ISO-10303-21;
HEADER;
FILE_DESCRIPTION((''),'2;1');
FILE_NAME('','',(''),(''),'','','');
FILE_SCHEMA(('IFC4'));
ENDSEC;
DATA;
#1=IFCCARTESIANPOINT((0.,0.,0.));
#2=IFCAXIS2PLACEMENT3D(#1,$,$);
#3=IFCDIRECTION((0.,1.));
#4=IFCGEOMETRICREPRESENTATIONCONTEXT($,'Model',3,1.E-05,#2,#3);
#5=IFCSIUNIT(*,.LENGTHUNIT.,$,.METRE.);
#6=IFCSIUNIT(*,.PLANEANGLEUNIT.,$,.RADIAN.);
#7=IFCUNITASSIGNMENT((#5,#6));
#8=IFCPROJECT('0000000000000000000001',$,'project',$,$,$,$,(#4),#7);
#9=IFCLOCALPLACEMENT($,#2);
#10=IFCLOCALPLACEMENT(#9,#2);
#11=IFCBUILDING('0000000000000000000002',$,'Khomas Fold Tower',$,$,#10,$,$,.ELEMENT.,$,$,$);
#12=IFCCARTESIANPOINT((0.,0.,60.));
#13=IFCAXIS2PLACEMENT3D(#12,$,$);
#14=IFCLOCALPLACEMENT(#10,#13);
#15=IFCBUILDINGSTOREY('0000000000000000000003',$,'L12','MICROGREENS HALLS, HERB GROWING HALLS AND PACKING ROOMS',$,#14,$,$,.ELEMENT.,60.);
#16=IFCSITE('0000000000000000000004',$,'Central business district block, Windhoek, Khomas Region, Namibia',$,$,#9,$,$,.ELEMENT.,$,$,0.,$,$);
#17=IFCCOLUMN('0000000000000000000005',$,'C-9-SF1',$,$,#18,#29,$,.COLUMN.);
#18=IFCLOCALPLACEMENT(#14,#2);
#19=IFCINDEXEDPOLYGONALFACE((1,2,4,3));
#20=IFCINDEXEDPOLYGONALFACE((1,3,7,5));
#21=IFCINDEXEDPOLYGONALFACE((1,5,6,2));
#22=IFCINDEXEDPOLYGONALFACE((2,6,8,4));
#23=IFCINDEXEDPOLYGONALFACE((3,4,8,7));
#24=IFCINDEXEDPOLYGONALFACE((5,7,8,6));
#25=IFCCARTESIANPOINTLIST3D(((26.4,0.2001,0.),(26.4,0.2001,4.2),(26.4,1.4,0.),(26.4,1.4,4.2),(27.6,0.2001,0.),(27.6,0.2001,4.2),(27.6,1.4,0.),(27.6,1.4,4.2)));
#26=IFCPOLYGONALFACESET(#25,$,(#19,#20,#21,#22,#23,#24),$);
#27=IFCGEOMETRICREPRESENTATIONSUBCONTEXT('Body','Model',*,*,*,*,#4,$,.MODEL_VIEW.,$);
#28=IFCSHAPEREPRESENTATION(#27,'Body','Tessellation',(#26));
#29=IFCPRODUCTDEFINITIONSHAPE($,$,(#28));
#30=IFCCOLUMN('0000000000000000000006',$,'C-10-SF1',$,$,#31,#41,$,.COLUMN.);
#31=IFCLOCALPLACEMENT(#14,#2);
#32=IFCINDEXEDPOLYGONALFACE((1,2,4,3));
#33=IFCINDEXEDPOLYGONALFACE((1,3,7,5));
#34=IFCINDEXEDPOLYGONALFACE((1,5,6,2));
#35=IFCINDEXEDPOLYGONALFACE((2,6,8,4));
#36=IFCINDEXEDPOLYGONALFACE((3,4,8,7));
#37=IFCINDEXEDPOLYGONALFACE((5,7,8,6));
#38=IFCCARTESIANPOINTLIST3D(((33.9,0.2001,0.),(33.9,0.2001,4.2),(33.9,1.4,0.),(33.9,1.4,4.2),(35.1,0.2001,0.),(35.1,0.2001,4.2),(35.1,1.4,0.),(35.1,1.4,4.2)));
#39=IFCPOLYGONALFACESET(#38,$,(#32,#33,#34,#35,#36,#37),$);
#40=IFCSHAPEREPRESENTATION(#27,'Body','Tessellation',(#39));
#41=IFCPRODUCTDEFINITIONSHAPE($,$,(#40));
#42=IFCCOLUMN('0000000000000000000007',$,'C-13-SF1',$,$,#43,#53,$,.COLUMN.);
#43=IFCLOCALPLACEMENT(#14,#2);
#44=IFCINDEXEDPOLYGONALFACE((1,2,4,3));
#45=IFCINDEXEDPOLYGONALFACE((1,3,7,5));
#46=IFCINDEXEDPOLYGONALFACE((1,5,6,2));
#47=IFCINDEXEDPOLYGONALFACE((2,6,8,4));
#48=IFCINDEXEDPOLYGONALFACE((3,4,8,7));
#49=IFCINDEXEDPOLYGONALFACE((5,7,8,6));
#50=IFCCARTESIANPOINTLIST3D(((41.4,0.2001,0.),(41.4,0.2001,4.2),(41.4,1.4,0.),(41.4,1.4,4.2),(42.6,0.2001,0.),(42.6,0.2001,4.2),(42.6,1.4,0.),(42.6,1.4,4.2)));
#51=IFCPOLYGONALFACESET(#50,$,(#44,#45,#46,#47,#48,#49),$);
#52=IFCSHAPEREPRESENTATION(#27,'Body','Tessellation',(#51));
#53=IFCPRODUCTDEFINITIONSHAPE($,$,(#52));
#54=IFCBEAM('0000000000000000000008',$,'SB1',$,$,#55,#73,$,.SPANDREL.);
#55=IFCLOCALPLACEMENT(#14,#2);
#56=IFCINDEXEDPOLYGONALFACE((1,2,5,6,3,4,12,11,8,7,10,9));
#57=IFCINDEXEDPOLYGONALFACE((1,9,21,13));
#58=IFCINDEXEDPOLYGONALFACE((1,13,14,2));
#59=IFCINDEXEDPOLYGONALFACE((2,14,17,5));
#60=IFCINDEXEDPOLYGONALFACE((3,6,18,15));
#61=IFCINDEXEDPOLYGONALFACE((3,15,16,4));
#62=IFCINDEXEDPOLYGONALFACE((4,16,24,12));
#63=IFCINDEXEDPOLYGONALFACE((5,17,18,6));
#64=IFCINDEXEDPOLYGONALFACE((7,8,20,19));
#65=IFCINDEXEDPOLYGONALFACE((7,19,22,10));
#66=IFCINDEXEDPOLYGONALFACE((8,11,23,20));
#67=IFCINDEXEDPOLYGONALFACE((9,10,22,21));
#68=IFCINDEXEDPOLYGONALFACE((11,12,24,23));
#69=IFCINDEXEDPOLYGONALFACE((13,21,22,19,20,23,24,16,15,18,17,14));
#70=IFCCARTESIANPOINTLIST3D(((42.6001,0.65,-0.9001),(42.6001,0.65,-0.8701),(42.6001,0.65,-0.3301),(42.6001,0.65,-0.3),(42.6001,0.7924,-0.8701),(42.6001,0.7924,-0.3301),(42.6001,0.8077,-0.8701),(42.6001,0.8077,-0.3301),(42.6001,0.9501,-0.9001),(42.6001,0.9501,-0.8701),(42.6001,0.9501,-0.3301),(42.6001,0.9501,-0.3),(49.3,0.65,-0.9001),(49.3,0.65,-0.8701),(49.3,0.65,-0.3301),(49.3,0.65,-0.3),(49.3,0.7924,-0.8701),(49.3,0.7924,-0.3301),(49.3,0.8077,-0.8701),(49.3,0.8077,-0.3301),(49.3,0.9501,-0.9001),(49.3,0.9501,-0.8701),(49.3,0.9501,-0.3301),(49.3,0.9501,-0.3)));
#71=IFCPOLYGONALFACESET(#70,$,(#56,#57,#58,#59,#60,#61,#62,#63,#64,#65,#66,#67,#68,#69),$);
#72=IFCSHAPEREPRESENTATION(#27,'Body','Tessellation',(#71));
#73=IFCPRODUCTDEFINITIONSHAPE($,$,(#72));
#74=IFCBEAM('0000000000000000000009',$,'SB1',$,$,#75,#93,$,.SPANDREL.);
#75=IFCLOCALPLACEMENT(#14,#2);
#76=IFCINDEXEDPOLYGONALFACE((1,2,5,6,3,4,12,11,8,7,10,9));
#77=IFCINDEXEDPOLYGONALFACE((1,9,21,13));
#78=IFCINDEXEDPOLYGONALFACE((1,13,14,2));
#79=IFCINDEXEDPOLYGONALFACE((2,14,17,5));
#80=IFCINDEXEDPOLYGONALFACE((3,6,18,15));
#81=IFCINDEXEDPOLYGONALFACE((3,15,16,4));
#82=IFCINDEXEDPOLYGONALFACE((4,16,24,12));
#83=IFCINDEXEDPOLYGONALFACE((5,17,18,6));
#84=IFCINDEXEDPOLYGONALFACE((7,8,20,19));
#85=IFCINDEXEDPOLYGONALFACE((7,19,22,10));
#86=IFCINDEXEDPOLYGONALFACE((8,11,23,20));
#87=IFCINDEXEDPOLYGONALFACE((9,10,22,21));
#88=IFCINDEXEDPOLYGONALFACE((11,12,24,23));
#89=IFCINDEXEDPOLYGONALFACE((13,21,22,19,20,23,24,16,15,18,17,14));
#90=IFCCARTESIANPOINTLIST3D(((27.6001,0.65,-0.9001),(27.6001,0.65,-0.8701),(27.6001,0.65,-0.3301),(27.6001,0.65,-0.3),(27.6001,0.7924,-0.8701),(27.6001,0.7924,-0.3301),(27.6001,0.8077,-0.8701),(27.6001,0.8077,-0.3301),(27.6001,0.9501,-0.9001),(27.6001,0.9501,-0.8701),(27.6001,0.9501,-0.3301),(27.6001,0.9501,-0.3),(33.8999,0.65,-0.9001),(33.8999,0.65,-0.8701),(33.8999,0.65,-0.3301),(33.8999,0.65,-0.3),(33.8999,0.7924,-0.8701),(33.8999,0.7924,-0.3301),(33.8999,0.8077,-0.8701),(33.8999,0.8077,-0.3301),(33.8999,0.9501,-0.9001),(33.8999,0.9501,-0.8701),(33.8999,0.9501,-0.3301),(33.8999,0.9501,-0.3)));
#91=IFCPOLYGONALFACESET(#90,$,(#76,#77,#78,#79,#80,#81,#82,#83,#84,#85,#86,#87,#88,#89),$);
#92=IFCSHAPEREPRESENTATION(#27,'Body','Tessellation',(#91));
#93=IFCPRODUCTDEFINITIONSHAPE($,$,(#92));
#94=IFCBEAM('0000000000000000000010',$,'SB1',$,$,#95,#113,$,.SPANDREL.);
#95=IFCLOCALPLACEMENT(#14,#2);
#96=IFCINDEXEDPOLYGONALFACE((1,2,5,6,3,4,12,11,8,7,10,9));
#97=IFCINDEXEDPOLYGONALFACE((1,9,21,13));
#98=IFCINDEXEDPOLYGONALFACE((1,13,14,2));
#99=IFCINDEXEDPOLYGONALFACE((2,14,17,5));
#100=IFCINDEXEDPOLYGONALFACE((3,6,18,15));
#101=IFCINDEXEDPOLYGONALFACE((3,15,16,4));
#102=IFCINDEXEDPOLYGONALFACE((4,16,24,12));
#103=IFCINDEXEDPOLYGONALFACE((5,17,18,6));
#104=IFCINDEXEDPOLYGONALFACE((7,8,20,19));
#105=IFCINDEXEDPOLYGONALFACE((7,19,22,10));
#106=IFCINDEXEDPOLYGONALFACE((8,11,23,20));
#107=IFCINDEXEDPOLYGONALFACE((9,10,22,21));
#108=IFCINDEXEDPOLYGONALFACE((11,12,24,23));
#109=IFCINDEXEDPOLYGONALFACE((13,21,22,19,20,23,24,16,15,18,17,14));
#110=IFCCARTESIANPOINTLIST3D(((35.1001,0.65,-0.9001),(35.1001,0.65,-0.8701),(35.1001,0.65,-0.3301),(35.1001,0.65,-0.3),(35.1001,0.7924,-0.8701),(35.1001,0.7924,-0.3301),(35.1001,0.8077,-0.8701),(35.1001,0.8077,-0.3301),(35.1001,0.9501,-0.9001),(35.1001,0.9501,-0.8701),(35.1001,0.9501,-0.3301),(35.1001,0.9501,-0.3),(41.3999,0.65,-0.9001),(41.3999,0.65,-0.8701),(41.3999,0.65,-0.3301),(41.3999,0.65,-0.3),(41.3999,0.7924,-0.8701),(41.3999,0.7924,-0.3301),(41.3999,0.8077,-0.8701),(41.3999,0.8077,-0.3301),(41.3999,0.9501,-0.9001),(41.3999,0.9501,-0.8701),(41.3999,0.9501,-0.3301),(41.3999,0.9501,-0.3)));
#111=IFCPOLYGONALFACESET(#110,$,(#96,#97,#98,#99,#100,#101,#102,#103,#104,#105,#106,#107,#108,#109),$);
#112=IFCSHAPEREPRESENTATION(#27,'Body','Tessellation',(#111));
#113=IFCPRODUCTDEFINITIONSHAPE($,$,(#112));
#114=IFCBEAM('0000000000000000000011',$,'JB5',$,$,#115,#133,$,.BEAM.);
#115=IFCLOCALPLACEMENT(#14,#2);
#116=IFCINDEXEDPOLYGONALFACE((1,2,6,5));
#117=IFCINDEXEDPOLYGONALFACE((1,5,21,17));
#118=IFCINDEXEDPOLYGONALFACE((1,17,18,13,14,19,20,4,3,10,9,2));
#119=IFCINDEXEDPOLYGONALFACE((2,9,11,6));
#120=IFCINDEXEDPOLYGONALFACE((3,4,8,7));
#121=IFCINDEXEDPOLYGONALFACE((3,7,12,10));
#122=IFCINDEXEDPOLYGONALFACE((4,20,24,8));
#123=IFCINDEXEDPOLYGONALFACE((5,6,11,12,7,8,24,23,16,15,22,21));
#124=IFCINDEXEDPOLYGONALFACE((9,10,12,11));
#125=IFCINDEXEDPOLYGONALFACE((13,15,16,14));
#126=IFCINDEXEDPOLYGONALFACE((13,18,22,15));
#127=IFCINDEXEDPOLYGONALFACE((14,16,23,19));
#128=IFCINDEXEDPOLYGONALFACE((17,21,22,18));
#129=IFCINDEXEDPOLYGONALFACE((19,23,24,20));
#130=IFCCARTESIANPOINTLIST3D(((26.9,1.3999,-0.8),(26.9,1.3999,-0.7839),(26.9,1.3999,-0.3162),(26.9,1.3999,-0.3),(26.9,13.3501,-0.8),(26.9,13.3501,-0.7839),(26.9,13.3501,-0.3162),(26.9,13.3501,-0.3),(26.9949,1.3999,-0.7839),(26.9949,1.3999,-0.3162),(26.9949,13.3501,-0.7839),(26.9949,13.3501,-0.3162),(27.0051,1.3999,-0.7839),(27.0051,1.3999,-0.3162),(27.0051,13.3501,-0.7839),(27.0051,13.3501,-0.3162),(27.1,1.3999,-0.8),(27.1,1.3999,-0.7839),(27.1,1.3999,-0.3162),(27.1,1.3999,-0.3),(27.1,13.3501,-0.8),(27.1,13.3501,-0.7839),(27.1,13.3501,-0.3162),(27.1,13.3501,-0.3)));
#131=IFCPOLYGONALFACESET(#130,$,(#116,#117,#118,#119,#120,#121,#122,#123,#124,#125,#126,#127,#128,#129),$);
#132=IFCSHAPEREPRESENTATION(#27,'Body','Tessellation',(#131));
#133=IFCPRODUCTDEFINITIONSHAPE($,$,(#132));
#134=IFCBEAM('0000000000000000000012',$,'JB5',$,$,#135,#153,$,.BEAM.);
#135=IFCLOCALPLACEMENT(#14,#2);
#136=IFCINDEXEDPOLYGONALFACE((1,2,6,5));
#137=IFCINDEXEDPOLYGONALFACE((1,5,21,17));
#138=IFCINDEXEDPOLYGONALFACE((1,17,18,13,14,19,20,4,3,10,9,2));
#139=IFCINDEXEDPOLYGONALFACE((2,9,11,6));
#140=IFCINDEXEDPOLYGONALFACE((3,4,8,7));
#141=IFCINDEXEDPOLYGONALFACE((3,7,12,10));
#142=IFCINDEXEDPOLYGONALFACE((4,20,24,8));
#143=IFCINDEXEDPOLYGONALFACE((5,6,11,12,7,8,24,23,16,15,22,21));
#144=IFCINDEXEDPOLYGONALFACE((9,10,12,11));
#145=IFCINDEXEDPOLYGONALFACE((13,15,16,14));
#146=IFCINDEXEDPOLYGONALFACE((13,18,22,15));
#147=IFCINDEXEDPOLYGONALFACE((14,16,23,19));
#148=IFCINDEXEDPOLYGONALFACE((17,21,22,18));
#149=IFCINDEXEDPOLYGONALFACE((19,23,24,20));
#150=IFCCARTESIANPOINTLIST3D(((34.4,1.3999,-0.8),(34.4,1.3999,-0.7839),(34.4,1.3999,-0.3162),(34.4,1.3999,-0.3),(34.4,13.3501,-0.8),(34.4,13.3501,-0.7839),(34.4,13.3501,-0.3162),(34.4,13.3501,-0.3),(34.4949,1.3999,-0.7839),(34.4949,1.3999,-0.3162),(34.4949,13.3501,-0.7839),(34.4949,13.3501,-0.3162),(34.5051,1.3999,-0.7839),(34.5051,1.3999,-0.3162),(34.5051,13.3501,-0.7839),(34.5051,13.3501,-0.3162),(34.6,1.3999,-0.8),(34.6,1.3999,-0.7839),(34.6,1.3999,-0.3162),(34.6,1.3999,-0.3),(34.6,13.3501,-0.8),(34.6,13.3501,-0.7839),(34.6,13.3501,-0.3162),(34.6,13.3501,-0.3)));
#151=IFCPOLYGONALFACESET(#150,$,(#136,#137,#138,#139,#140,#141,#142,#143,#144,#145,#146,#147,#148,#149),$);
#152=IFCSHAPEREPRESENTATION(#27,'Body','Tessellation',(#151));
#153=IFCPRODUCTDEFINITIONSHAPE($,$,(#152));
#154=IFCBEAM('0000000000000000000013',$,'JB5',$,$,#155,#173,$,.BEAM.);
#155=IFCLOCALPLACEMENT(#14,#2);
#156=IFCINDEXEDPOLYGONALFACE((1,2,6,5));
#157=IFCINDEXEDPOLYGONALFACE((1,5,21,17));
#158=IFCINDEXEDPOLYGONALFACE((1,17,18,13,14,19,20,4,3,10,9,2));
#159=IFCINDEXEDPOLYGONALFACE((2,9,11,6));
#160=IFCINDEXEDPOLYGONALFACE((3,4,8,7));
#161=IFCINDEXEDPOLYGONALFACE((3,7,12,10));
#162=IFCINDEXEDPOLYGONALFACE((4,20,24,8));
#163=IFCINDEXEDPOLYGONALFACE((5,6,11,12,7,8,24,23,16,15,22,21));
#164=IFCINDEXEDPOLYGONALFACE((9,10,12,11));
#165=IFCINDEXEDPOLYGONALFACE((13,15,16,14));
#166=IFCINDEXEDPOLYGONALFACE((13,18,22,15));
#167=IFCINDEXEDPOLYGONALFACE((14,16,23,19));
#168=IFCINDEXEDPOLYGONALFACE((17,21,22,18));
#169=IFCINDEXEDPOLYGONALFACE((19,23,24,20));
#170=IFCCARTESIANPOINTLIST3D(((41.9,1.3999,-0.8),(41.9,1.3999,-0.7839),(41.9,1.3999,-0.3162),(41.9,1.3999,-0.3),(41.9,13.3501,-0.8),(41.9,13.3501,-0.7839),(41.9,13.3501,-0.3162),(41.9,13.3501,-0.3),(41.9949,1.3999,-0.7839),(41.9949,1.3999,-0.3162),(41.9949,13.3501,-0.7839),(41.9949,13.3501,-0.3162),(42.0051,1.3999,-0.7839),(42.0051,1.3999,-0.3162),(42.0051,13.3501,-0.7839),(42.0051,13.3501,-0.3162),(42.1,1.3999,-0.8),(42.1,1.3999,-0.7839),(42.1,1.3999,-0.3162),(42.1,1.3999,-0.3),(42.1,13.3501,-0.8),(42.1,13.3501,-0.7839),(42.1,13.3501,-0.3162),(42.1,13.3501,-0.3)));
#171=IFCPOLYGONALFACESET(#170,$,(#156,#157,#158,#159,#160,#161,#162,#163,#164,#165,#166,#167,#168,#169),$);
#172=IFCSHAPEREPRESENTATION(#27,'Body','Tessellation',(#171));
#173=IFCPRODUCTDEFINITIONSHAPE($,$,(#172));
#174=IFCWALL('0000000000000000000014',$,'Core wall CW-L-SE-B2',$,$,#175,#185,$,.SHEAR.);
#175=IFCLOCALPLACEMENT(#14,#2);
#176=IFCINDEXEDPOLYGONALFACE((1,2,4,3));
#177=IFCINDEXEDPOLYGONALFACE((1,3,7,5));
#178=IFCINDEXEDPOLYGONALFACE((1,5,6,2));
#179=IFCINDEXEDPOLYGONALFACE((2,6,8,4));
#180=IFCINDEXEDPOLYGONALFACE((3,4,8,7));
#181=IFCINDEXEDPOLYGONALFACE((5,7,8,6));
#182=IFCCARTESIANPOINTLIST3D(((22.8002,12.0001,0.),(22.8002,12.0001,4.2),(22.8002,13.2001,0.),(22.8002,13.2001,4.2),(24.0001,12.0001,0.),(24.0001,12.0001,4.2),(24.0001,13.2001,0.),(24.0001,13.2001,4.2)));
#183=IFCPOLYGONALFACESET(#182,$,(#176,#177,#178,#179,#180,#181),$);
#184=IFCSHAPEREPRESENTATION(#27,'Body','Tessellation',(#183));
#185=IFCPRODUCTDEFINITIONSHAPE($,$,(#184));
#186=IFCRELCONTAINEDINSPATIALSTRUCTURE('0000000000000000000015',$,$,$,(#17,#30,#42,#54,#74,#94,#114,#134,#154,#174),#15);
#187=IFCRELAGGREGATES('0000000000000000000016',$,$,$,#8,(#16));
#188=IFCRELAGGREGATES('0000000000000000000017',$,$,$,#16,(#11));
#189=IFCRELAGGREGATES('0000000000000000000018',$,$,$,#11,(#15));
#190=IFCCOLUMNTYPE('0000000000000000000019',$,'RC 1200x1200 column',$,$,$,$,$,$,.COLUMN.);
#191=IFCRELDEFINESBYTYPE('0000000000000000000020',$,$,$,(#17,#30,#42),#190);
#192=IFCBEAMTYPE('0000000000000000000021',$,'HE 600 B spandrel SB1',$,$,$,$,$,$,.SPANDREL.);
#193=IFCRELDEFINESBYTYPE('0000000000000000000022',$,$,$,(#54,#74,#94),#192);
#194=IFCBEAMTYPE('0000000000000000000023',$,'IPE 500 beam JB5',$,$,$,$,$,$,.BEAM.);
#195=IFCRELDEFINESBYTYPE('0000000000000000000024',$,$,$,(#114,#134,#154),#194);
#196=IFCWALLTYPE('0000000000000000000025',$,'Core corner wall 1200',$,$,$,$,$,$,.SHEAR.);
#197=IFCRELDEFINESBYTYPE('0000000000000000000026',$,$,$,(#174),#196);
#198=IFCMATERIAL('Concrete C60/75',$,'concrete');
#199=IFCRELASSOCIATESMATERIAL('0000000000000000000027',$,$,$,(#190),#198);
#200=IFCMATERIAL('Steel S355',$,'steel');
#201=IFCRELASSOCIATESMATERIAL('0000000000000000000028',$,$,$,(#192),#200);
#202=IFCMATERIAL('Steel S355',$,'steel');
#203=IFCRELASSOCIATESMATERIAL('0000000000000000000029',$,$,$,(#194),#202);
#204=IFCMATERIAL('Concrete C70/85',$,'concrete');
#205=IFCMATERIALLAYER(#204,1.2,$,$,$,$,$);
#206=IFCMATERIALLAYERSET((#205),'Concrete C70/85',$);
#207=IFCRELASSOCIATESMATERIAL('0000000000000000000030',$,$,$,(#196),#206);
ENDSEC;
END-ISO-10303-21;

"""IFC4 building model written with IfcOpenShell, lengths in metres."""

from ifc_helpers import new_model, si_unit, direction, frame, frame_2d, origin, origin_2d, place, context, subcontext, project, spatial, rectangle, i_section, extrude, source, transform, mapped, material, layer, layer_set, material_profile, profile_set, type_object, element, save


model = new_model("IFC4")

# Units and contexts
model_context = context("Model", 3, precision=1e-05, world=origin(), true_north=direction((0.0, 1.0)))
body_context = subcontext(model_context, "Body", "Model", "MODEL_VIEW")
ifc_project = project(units=[si_unit("LENGTHUNIT", "METRE"), si_unit("PLANEANGLEUNIT", "RADIAN")], contexts=[model_context])

# Site, building, storey
site_placement = place(None, origin())
site = spatial("IfcSite", under=ifc_project, at=site_placement, Name="Central business district block, Windhoek, Khomas Region, Namibia", CompositionType="ELEMENT", RefElevation=0.0)
building_placement = place(site_placement, origin())
building = spatial("IfcBuilding", under=site, at=building_placement, Name="Khomas Fold Tower", CompositionType="ELEMENT")
storey_placement = place(building_placement, frame((0.0, 0.0, 60.0)))
storey = spatial("IfcBuildingStorey", under=building, at=storey_placement, Name="L12", Description="MICROGREENS HALLS, HERB GROWING HALLS AND PACKING ROOMS", CompositionType="ELEMENT", Elevation=60.0)

# Columns
ifc_material_1 = material(Name="Concrete C60/75", Category="concrete")
ifc_material_profile_1 = material_profile(ifc_material_1, rectangle(XDim=1.2, YDim=1.2, at=origin_2d()), Name="RC 1200x1200")
ifc_profile_set_1 = profile_set([ifc_material_profile_1], Name="Concrete C60/75")
column_type = type_object("IfcColumnType", Name="RC 1200x1200 column", PredefinedType="COLUMN", material=ifc_profile_set_1)
shared_shape_1 = source(origin(), body_context, "Body", "SweptSolid", [
    extrude(rectangle(XDim=1.2, YDim=1.2, at=origin_2d()), origin(), (0.0, 0.0, 1.0), 4.2),
])
for number, where, z_axis, x_axis, name in (
    (1, (27.0, 0.8, 0.0), (0.0, 0.0, 1.0), (1.0, 0.0, 0.0), "C-9-SF1"),
    (2, (34.5, 0.8, 0.0), (0.0, 0.0, 1.0), (1.0, 0.0, 0.0), "C-10-SF1"),
    (3, (42.0, 0.8, 0.0), (0.0, 0.0, 1.0), (1.0, 0.0, 0.0), "C-13-SF1"),
):
    element("IfcColumn", number, at=place(storey_placement, frame(where, z_axis=z_axis, x_axis=x_axis)), inside=storey, type_object=column_type, Name=name, PredefinedType="COLUMN", context=body_context, shape_type="MappedRepresentation", body=[
        mapped(shared_shape_1, transform((0.0, 0.0, 0.0))),
    ])

# Beams
ifc_material_2 = material(Name="Steel S355", Category="steel")
ifc_material_profile_2 = material_profile(ifc_material_2, i_section(OverallWidth=0.3, OverallDepth=0.6001, WebThickness=0.0154, FlangeThickness=0.03, at=origin_2d()), Name="HE 600 B")
ifc_profile_set_2 = profile_set([ifc_material_profile_2], Name="Steel S355")
beam_type_1 = type_object("IfcBeamType", Name="HE 600 B spandrel SB1", PredefinedType="SPANDREL", material=ifc_profile_set_2)
shared_shape_2 = source(origin(), body_context, "Body", "SweptSolid", [
    extrude(i_section(OverallWidth=0.3, OverallDepth=0.6001, WebThickness=0.0154, FlangeThickness=0.03, at=origin_2d()), origin(), (0.0, 0.0, 1.0), 6.7),
])
beam_placement = place(storey_placement, frame((42.6001, 0.8, -0.6001), z_axis=(1.0, 0.0, 0.0), x_axis=(0.0, 1.0, 0.0)))
element("IfcBeam", 4, at=beam_placement, inside=storey, type_object=beam_type_1, Name="SB1", PredefinedType="SPANDREL", context=body_context, shape_type="MappedRepresentation", body=[
    mapped(shared_shape_2, transform((0.0, 0.0, 0.0))),
])
shared_shape_3 = source(origin(), body_context, "Body", "SweptSolid", [
    extrude(i_section(OverallWidth=0.3, OverallDepth=0.6001, WebThickness=0.0154, FlangeThickness=0.03, at=origin_2d()), origin(), (0.0, 0.0, 1.0), 6.2998),
])
for number, where, z_axis, x_axis, name in (
    (5, (27.6001, 0.8, -0.6001), (1.0, 0.0, 0.0), (0.0, 1.0, 0.0), "SB1"),
    (6, (35.1001, 0.8, -0.6001), (1.0, 0.0, 0.0), (0.0, 1.0, 0.0), "SB1"),
):
    element("IfcBeam", number, at=place(storey_placement, frame(where, z_axis=z_axis, x_axis=x_axis)), inside=storey, type_object=beam_type_1, Name=name, PredefinedType="SPANDREL", context=body_context, shape_type="MappedRepresentation", body=[
        mapped(shared_shape_3, transform((0.0, 0.0, 0.0))),
    ])
ifc_material_3 = material(Name="Steel S355", Category="steel")
ifc_material_profile_3 = material_profile(ifc_material_3, i_section(OverallWidth=0.2, OverallDepth=0.5, WebThickness=0.0103, FlangeThickness=0.0161, at=origin_2d()), Name="IPE 500")
ifc_profile_set_3 = profile_set([ifc_material_profile_3], Name="Steel S355")
beam_type_2 = type_object("IfcBeamType", Name="IPE 500 beam JB5", PredefinedType="BEAM", material=ifc_profile_set_3)
shared_shape_4 = source(origin(), body_context, "Body", "SweptSolid", [
    extrude(i_section(OverallWidth=0.2, OverallDepth=0.5, WebThickness=0.0103, FlangeThickness=0.0161, at=origin_2d()), origin(), (0.0, 0.0, 1.0), 11.9502),
])
for number, where, z_axis, x_axis, name in (
    (7, (27.0, 1.3999, -0.55), (0.0, 1.0, 0.0), (-1.0, 0.0, 0.0), "JB5"),
    (8, (34.5, 1.3999, -0.55), (0.0, 1.0, 0.0), (-1.0, 0.0, 0.0), "JB5"),
    (9, (42.0, 1.3999, -0.55), (0.0, 1.0, 0.0), (-1.0, 0.0, 0.0), "JB5"),
):
    element("IfcBeam", number, at=place(storey_placement, frame(where, z_axis=z_axis, x_axis=x_axis)), inside=storey, type_object=beam_type_2, Name=name, PredefinedType="BEAM", context=body_context, shape_type="MappedRepresentation", body=[
        mapped(shared_shape_4, transform((0.0, 0.0, 0.0))),
    ])

# Wall
ifc_material_4 = material(Name="Concrete C70/85", Category="concrete")
ifc_layer_1 = layer(ifc_material_4, 1.2)
ifc_layer_set_1 = layer_set([ifc_layer_1], Name="Concrete C70/85")
wall_type_1 = type_object("IfcWallType", Name="Core corner wall 1200", PredefinedType="SHEAR", material=ifc_layer_set_1)
shared_shape_5 = source(origin(), body_context, "Body", "SweptSolid", [
    extrude(rectangle(XDim=1.2, YDim=1.2, at=frame_2d((0.6001, 0.0))), origin(), (0.0, 0.0, 1.0), 4.2),
])
wall_1_placement = place(storey_placement, frame((22.8, 12.6001, 0.0), z_axis=(0.0, 0.0, 1.0), x_axis=(1.0, 0.0, 0.0)))
element("IfcWall", 10, at=wall_1_placement, inside=storey, type_object=wall_type_1, Name="Core wall CW-L-SE-B2", PredefinedType="SHEAR", context=body_context, shape_type="MappedRepresentation", body=[
    mapped(shared_shape_5, transform((0.0, 0.0, 0.0))),
])

save(model, "model.ifc")
